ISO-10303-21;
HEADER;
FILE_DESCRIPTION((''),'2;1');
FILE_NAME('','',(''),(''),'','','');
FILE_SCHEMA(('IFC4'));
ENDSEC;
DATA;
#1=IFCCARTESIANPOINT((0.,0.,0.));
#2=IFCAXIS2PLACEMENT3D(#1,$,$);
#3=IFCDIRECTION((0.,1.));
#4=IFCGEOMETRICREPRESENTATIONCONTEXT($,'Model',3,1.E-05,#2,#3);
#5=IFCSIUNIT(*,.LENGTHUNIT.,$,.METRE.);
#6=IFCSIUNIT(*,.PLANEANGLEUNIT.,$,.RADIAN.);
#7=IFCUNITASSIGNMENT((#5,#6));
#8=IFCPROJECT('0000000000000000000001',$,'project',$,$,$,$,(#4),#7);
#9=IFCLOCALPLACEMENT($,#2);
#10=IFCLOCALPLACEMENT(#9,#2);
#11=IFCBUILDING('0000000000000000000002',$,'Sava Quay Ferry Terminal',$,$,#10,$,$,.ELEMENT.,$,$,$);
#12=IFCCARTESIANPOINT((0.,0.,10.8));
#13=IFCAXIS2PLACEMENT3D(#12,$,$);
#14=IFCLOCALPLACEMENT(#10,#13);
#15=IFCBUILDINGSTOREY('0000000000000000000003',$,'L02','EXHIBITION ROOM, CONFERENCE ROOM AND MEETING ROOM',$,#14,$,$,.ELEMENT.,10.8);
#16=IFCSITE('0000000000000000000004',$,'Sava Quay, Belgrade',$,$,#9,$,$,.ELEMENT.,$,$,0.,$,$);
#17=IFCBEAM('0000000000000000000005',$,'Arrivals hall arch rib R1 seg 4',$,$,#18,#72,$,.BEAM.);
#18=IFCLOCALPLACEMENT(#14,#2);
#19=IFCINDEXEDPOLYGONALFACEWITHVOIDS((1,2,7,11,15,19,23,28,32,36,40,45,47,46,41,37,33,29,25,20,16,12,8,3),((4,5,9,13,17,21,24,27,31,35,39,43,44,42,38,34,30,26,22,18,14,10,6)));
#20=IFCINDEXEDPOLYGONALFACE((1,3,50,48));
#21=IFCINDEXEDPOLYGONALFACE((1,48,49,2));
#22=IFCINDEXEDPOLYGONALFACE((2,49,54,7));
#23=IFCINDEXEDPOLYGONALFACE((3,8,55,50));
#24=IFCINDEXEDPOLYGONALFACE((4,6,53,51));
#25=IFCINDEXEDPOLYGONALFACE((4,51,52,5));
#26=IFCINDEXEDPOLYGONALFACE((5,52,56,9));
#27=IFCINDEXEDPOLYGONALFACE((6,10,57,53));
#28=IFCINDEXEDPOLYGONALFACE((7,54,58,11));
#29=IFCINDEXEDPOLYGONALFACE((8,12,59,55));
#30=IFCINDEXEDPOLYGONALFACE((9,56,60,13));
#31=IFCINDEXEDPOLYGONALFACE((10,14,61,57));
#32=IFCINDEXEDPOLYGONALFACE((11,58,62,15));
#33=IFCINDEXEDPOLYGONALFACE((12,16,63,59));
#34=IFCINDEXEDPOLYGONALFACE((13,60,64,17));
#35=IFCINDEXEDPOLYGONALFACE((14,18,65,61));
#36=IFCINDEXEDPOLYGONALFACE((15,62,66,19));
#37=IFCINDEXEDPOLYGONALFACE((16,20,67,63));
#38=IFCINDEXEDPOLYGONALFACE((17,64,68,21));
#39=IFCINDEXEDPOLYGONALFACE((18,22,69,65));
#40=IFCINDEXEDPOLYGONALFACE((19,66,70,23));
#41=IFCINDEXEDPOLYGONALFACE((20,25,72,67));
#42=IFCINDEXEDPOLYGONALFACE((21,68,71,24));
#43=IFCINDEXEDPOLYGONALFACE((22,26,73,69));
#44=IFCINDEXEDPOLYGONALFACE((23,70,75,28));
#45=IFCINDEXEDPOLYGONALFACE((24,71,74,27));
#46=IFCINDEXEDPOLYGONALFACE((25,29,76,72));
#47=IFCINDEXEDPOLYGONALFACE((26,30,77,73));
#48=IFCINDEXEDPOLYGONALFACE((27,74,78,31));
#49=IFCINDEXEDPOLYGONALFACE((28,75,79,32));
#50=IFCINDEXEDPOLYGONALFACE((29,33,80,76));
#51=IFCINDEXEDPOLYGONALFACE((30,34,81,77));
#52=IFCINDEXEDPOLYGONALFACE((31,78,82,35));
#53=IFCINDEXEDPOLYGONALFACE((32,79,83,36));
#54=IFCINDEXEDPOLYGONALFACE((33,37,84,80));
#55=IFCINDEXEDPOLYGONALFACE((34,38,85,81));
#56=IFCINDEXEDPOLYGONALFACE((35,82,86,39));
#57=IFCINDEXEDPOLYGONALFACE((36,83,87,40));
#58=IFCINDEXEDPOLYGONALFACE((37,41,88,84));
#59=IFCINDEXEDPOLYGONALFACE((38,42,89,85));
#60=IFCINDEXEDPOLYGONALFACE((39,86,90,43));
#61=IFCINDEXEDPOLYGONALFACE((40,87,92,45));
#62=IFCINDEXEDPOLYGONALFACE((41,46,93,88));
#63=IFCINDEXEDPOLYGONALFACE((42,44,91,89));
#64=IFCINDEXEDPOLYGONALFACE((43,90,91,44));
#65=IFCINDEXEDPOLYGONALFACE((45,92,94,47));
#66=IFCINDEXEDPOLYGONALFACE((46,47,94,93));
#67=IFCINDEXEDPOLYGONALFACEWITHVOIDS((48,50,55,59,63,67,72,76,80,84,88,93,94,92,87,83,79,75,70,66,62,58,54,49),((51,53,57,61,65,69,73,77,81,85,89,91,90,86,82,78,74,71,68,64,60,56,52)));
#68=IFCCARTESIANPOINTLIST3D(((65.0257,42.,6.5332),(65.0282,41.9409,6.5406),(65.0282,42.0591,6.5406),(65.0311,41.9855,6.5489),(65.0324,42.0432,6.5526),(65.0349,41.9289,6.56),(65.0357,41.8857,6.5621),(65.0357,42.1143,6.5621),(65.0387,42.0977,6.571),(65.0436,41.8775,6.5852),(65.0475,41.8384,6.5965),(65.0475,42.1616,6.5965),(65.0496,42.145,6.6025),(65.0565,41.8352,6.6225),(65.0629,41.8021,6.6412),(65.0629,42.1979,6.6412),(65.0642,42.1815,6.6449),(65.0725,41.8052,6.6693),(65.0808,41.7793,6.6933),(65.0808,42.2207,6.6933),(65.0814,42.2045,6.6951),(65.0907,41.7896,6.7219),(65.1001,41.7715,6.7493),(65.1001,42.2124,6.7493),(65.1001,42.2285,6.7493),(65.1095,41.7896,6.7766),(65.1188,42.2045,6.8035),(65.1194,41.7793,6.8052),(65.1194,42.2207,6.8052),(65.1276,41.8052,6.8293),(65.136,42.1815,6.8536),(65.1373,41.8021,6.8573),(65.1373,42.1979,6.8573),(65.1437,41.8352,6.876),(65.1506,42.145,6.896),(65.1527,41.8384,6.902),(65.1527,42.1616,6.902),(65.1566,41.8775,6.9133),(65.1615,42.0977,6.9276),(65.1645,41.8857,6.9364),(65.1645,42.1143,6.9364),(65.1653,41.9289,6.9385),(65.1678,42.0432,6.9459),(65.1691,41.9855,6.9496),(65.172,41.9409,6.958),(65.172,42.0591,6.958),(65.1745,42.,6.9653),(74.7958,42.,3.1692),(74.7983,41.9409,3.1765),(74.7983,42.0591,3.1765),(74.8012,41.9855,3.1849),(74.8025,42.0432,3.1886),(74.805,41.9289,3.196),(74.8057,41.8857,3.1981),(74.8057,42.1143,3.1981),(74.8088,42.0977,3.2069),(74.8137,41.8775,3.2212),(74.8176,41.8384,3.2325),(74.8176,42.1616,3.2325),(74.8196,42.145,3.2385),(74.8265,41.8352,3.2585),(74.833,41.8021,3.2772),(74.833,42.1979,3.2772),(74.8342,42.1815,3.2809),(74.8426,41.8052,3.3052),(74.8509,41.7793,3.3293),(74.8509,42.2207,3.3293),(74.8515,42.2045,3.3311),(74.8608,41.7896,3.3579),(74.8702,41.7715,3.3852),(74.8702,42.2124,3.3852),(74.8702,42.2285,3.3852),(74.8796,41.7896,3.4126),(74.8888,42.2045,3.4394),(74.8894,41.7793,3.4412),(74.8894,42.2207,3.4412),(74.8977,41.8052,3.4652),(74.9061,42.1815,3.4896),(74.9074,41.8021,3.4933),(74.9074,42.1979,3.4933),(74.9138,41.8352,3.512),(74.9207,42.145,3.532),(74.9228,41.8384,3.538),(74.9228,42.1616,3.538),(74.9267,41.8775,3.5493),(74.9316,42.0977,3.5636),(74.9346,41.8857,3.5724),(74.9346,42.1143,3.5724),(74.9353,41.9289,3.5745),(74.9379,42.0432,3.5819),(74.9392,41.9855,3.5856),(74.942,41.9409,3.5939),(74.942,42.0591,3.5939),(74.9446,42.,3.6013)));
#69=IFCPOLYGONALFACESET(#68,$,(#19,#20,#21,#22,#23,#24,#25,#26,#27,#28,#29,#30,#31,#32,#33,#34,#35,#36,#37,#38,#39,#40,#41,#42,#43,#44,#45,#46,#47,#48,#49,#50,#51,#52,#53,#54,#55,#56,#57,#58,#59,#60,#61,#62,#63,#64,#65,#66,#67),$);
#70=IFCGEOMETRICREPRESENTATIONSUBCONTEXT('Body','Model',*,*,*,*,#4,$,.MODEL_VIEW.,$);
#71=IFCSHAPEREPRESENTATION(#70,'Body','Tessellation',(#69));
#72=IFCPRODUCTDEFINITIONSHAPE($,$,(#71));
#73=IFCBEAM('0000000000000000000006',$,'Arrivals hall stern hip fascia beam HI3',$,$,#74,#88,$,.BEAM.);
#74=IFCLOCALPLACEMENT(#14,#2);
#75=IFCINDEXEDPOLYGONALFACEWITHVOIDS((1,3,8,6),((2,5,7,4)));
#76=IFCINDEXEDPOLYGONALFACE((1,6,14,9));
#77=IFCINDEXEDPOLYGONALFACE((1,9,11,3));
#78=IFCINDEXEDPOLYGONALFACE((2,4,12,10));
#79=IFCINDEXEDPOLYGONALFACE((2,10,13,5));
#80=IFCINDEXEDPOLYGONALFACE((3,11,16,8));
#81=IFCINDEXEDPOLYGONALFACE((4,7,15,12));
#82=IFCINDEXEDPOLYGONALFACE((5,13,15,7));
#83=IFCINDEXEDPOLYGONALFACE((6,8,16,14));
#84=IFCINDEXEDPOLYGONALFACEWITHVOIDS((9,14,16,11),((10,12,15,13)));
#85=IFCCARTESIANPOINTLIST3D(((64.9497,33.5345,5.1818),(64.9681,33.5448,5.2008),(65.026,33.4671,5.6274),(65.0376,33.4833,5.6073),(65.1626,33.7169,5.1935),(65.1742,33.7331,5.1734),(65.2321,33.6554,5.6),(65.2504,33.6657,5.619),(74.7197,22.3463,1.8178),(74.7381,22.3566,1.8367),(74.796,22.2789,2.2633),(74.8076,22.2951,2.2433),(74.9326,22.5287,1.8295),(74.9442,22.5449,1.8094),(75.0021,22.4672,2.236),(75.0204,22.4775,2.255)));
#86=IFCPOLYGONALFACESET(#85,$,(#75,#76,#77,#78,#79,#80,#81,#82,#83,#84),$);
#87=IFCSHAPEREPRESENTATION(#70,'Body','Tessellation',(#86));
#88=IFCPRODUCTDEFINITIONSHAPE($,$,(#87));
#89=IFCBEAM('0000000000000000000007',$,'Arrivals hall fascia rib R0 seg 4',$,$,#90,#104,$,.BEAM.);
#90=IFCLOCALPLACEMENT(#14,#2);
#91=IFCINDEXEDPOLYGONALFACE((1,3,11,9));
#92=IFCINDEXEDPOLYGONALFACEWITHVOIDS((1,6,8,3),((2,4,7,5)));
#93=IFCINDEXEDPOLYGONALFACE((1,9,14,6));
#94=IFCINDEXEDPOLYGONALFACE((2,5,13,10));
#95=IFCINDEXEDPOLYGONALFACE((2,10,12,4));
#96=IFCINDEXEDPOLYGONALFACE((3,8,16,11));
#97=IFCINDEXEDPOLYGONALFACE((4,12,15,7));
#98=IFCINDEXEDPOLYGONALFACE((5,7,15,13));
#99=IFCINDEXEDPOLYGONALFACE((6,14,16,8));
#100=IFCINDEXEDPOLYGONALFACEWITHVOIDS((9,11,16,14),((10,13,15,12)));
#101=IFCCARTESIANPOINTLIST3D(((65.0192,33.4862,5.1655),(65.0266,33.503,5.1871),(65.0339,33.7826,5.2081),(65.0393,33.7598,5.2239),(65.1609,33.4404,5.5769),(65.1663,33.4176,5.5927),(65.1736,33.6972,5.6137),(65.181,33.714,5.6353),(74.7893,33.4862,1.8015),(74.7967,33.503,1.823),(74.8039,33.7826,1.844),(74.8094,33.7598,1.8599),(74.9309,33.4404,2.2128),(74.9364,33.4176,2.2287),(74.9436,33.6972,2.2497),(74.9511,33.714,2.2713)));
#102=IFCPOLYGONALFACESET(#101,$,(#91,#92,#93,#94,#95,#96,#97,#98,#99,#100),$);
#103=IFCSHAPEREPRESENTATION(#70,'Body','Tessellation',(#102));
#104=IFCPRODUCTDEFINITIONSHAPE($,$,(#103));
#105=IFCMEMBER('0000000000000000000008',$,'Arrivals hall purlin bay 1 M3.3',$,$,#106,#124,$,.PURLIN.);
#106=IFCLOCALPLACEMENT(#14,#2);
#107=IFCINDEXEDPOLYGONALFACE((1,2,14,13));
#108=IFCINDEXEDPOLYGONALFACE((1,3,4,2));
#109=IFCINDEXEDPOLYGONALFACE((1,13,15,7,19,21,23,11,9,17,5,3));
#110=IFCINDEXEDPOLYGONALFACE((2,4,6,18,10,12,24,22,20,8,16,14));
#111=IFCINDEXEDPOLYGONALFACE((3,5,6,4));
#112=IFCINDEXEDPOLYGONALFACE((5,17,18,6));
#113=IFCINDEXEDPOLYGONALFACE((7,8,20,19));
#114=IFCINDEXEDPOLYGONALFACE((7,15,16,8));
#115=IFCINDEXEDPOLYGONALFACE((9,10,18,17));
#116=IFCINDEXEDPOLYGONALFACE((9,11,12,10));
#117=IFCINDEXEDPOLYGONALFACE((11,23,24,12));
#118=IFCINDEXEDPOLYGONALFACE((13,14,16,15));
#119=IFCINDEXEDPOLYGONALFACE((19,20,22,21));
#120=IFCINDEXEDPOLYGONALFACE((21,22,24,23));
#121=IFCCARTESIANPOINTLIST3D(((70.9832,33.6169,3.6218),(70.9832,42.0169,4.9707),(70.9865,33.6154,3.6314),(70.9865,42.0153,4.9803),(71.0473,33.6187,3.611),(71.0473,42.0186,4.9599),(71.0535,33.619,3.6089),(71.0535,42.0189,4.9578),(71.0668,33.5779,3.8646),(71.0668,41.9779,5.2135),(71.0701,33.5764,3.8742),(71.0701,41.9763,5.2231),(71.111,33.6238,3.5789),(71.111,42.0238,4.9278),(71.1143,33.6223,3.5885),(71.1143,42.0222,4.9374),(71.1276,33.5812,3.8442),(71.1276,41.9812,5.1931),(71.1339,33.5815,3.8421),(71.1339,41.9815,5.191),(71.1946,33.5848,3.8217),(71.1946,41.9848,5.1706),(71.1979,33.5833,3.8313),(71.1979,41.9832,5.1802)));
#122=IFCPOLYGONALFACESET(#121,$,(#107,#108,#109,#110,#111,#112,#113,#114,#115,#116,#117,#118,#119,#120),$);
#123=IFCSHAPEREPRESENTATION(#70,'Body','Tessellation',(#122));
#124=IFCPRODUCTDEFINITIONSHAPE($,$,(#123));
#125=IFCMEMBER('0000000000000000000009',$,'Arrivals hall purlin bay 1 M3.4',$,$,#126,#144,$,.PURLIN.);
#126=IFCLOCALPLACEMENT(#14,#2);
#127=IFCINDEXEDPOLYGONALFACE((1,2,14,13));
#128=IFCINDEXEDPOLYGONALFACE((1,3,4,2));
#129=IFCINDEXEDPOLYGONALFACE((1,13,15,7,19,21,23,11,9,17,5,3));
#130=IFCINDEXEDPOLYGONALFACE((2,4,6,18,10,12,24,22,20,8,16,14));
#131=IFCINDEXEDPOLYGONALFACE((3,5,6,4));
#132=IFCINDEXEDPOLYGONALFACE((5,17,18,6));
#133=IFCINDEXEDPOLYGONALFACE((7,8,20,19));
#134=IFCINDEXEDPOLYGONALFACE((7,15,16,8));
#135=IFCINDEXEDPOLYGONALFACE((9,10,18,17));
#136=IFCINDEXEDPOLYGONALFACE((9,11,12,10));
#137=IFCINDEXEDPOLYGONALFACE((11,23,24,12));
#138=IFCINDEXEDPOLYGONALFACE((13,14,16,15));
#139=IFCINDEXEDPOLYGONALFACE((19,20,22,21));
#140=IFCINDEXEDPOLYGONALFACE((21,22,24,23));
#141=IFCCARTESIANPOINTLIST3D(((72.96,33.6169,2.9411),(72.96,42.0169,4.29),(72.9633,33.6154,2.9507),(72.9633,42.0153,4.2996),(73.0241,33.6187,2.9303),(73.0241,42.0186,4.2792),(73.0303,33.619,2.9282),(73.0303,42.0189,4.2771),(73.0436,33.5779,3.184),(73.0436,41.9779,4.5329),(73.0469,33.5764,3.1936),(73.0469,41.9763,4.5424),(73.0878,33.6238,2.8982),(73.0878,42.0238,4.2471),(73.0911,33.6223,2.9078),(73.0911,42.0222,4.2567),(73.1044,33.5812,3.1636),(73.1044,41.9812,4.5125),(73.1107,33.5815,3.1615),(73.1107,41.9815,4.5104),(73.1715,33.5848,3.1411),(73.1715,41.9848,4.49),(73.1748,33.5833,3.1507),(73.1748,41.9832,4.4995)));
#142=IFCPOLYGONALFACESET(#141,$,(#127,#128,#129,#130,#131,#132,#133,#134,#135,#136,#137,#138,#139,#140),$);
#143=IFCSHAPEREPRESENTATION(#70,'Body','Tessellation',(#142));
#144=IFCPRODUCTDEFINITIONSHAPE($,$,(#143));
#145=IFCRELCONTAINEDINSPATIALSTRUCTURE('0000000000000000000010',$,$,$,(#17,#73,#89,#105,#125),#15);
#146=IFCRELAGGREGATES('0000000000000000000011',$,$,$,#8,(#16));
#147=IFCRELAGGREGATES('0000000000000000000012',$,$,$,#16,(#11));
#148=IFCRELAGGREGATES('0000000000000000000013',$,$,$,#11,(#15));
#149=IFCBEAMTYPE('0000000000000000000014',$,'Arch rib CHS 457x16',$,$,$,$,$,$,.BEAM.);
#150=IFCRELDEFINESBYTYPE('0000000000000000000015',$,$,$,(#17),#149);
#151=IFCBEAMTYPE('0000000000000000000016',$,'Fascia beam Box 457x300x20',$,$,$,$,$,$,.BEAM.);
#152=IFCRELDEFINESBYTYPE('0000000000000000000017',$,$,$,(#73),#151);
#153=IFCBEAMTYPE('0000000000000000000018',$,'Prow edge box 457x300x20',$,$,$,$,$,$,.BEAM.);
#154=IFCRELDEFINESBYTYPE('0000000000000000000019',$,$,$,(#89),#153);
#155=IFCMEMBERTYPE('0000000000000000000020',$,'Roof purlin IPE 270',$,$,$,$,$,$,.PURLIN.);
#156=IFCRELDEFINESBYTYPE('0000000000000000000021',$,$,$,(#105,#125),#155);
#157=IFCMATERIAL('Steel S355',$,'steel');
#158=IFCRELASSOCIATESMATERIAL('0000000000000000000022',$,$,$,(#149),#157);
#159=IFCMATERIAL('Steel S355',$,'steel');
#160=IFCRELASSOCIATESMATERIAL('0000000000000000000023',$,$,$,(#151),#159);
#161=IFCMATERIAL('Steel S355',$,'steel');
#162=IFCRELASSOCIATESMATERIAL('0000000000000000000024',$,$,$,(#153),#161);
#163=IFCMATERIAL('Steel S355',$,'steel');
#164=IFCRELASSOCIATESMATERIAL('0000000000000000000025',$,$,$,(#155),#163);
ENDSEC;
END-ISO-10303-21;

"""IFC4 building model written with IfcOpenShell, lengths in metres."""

from ifc_helpers import new_model, si_unit, direction, frame, origin, origin_2d, place, context, subcontext, project, spatial, polyline, hollow_circle, i_section, outline, extrude, material, material_profile, profile_set, type_object, element, save


model = new_model("IFC4")

# Units and contexts
model_context = context("Model", 3, precision=1e-05, world=origin(), true_north=direction((0.0, 1.0)))
body_context = subcontext(model_context, "Body", "Model", "MODEL_VIEW")
ifc_project = project(units=[si_unit("LENGTHUNIT", "METRE"), si_unit("PLANEANGLEUNIT", "RADIAN")], contexts=[model_context])

# Site, building, storey
site_placement = place(None, origin())
site = spatial("IfcSite", under=ifc_project, at=site_placement, Name="Sava Quay, Belgrade", CompositionType="ELEMENT", RefElevation=0.0)
building_placement = place(site_placement, origin())
building = spatial("IfcBuilding", under=site, at=building_placement, Name="Sava Quay Ferry Terminal", CompositionType="ELEMENT")
storey_placement = place(building_placement, frame((0.0, 0.0, 10.8)))
storey = spatial("IfcBuildingStorey", under=building, at=storey_placement, Name="L02", Description="EXHIBITION ROOM, CONFERENCE ROOM AND MEETING ROOM", CompositionType="ELEMENT", Elevation=10.8)

# Beams
ifc_material_1 = material(Name="Steel S355", Category="steel")
ifc_material_profile_1 = material_profile(ifc_material_1, hollow_circle(Radius=0.2285, WallThickness=0.0161, at=origin_2d()), Name="CHS 457 x 16.0")
ifc_profile_set_1 = profile_set([ifc_material_profile_1], Name="Steel S355")
beam_type_1 = type_object("IfcBeamType", Name="Arch rib CHS 457x16", PredefinedType="BEAM", material=ifc_profile_set_1)
beam_1_placement = place(storey_placement, frame((65.1001, 42.0, 6.7493), z_axis=(0.945521, 0.0, -0.325562), x_axis=(0.0, 1.0, 0.0)))
element("IfcBeam", 1, at=beam_1_placement, inside=storey, type_object=beam_type_1, Name="Arrivals hall arch rib R1 seg 4", PredefinedType="BEAM", context=body_context, shape_type="SweptSolid", body=[
    extrude(hollow_circle(Radius=0.2285, WallThickness=0.0161, at=origin_2d()), origin(), (0.0, 0.0, 1.0), 10.333),
])
ifc_material_2 = material(Name="Steel S355", Category="steel")
ifc_material_profile_2 = material_profile(ifc_material_2, outline(polyline([(-0.1499, -0.2285), (0.1499, -0.2285), (0.1499, 0.2285), (-0.1499, 0.2285), (-0.1499, -0.2285)]), holes=[polyline([(-0.1299, -0.2085), (-0.1299, 0.2085), (0.1299, 0.2085), (0.1299, -0.2085), (-0.1299, -0.2085)])]), Name="Box 457x300x20 built-up")
ifc_profile_set_2 = profile_set([ifc_material_profile_2], Name="Steel S355")
beam_type_2 = type_object("IfcBeamType", Name="Fascia beam Box 457x300x20", PredefinedType="BEAM", material=ifc_profile_set_2)
beam_2_placement = place(storey_placement, frame((65.1001, 33.6001, 5.4004), z_axis=(0.641507, -0.734628, -0.220884), x_axis=(0.74877, 0.662243, -0.027893)))
element("IfcBeam", 2, at=beam_2_placement, inside=storey, type_object=beam_type_2, Name="Arrivals hall stern hip fascia beam HI3", PredefinedType="BEAM", context=body_context, shape_type="SweptSolid", body=[
    extrude(outline(polyline([(-0.1499, -0.2285), (0.1499, -0.2285), (0.1499, 0.2285), (-0.1499, 0.2285), (-0.1499, -0.2285)]), holes=[polyline([(-0.1299, -0.2085), (-0.1299, 0.2085), (0.1299, 0.2085), (0.1299, -0.2085), (-0.1299, -0.2085)])]), origin(), (0.0, 0.0, 1.0), 15.2297),
])
ifc_material_3 = material(Name="Steel S355", Category="steel")
ifc_material_profile_3 = material_profile(ifc_material_3, outline(polyline([(-0.1499, -0.2285), (0.1499, -0.2285), (0.1499, 0.2285), (-0.1499, 0.2285), (-0.1499, -0.2285)]), holes=[polyline([(-0.1299, -0.2085), (-0.1299, 0.2085), (0.1299, 0.2085), (0.1299, -0.2085), (-0.1299, -0.2085)])]), Name="Box 457x300x20 built-up")
ifc_profile_set_3 = profile_set([ifc_material_profile_3], Name="Steel S355")
beam_type_3 = type_object("IfcBeamType", Name="Prow edge box 457x300x20", PredefinedType="BEAM", material=ifc_profile_set_3)
beam_3_placement = place(storey_placement, frame((65.1001, 33.6001, 5.4004), z_axis=(0.945521, 0.0, -0.325562), x_axis=(0.048875, 0.988667, 0.141946)))
element("IfcBeam", 3, at=beam_3_placement, inside=storey, type_object=beam_type_3, Name="Arrivals hall fascia rib R0 seg 4", PredefinedType="BEAM", context=body_context, shape_type="SweptSolid", body=[
    extrude(outline(polyline([(-0.1499, -0.2285), (0.1499, -0.2285), (0.1499, 0.2285), (-0.1499, 0.2285), (-0.1499, -0.2285)]), holes=[polyline([(-0.1299, -0.2085), (-0.1299, 0.2085), (0.1299, 0.2085), (0.1299, -0.2085), (-0.1299, -0.2085)])]), origin(), (0.0, 0.0, 1.0), 10.333),
])

# Members
ifc_material_4 = material(Name="Steel S355", Category="steel")
ifc_material_profile_4 = material_profile(ifc_material_4, i_section(OverallWidth=0.135, OverallDepth=0.27, WebThickness=0.0066, FlangeThickness=0.0103, at=origin_2d()), Name="IPE 270")
ifc_profile_set_4 = profile_set([ifc_material_profile_4], Name="Steel S355")
member_type_1 = type_object("IfcMemberType", Name="Roof purlin IPE 270", PredefinedType="PURLIN", material=ifc_profile_set_4)
for number, where, z_axis, x_axis, name in (
    (4, (71.0906, 33.6001, 3.7266), (0.0, 0.987351, 0.158551), (-0.946781, -0.051034, 0.317807), "Arrivals hall purlin bay 1 M3.3"),
    (5, (73.0674, 33.6001, 3.0459), (0.0, 0.987351, 0.158551), (-0.946781, -0.051034, 0.317807), "Arrivals hall purlin bay 1 M3.4"),
):
    element("IfcMember", number, at=place(storey_placement, frame(where, z_axis=z_axis, x_axis=x_axis)), inside=storey, type_object=member_type_1, Name=name, PredefinedType="PURLIN", context=body_context, shape_type="SweptSolid", body=[
        extrude(i_section(OverallWidth=0.135, OverallDepth=0.27, WebThickness=0.0066, FlangeThickness=0.0103, at=origin_2d()), origin(), (0.0, 0.0, 1.0), 8.5076),
    ])

save(model, "model.ifc")
